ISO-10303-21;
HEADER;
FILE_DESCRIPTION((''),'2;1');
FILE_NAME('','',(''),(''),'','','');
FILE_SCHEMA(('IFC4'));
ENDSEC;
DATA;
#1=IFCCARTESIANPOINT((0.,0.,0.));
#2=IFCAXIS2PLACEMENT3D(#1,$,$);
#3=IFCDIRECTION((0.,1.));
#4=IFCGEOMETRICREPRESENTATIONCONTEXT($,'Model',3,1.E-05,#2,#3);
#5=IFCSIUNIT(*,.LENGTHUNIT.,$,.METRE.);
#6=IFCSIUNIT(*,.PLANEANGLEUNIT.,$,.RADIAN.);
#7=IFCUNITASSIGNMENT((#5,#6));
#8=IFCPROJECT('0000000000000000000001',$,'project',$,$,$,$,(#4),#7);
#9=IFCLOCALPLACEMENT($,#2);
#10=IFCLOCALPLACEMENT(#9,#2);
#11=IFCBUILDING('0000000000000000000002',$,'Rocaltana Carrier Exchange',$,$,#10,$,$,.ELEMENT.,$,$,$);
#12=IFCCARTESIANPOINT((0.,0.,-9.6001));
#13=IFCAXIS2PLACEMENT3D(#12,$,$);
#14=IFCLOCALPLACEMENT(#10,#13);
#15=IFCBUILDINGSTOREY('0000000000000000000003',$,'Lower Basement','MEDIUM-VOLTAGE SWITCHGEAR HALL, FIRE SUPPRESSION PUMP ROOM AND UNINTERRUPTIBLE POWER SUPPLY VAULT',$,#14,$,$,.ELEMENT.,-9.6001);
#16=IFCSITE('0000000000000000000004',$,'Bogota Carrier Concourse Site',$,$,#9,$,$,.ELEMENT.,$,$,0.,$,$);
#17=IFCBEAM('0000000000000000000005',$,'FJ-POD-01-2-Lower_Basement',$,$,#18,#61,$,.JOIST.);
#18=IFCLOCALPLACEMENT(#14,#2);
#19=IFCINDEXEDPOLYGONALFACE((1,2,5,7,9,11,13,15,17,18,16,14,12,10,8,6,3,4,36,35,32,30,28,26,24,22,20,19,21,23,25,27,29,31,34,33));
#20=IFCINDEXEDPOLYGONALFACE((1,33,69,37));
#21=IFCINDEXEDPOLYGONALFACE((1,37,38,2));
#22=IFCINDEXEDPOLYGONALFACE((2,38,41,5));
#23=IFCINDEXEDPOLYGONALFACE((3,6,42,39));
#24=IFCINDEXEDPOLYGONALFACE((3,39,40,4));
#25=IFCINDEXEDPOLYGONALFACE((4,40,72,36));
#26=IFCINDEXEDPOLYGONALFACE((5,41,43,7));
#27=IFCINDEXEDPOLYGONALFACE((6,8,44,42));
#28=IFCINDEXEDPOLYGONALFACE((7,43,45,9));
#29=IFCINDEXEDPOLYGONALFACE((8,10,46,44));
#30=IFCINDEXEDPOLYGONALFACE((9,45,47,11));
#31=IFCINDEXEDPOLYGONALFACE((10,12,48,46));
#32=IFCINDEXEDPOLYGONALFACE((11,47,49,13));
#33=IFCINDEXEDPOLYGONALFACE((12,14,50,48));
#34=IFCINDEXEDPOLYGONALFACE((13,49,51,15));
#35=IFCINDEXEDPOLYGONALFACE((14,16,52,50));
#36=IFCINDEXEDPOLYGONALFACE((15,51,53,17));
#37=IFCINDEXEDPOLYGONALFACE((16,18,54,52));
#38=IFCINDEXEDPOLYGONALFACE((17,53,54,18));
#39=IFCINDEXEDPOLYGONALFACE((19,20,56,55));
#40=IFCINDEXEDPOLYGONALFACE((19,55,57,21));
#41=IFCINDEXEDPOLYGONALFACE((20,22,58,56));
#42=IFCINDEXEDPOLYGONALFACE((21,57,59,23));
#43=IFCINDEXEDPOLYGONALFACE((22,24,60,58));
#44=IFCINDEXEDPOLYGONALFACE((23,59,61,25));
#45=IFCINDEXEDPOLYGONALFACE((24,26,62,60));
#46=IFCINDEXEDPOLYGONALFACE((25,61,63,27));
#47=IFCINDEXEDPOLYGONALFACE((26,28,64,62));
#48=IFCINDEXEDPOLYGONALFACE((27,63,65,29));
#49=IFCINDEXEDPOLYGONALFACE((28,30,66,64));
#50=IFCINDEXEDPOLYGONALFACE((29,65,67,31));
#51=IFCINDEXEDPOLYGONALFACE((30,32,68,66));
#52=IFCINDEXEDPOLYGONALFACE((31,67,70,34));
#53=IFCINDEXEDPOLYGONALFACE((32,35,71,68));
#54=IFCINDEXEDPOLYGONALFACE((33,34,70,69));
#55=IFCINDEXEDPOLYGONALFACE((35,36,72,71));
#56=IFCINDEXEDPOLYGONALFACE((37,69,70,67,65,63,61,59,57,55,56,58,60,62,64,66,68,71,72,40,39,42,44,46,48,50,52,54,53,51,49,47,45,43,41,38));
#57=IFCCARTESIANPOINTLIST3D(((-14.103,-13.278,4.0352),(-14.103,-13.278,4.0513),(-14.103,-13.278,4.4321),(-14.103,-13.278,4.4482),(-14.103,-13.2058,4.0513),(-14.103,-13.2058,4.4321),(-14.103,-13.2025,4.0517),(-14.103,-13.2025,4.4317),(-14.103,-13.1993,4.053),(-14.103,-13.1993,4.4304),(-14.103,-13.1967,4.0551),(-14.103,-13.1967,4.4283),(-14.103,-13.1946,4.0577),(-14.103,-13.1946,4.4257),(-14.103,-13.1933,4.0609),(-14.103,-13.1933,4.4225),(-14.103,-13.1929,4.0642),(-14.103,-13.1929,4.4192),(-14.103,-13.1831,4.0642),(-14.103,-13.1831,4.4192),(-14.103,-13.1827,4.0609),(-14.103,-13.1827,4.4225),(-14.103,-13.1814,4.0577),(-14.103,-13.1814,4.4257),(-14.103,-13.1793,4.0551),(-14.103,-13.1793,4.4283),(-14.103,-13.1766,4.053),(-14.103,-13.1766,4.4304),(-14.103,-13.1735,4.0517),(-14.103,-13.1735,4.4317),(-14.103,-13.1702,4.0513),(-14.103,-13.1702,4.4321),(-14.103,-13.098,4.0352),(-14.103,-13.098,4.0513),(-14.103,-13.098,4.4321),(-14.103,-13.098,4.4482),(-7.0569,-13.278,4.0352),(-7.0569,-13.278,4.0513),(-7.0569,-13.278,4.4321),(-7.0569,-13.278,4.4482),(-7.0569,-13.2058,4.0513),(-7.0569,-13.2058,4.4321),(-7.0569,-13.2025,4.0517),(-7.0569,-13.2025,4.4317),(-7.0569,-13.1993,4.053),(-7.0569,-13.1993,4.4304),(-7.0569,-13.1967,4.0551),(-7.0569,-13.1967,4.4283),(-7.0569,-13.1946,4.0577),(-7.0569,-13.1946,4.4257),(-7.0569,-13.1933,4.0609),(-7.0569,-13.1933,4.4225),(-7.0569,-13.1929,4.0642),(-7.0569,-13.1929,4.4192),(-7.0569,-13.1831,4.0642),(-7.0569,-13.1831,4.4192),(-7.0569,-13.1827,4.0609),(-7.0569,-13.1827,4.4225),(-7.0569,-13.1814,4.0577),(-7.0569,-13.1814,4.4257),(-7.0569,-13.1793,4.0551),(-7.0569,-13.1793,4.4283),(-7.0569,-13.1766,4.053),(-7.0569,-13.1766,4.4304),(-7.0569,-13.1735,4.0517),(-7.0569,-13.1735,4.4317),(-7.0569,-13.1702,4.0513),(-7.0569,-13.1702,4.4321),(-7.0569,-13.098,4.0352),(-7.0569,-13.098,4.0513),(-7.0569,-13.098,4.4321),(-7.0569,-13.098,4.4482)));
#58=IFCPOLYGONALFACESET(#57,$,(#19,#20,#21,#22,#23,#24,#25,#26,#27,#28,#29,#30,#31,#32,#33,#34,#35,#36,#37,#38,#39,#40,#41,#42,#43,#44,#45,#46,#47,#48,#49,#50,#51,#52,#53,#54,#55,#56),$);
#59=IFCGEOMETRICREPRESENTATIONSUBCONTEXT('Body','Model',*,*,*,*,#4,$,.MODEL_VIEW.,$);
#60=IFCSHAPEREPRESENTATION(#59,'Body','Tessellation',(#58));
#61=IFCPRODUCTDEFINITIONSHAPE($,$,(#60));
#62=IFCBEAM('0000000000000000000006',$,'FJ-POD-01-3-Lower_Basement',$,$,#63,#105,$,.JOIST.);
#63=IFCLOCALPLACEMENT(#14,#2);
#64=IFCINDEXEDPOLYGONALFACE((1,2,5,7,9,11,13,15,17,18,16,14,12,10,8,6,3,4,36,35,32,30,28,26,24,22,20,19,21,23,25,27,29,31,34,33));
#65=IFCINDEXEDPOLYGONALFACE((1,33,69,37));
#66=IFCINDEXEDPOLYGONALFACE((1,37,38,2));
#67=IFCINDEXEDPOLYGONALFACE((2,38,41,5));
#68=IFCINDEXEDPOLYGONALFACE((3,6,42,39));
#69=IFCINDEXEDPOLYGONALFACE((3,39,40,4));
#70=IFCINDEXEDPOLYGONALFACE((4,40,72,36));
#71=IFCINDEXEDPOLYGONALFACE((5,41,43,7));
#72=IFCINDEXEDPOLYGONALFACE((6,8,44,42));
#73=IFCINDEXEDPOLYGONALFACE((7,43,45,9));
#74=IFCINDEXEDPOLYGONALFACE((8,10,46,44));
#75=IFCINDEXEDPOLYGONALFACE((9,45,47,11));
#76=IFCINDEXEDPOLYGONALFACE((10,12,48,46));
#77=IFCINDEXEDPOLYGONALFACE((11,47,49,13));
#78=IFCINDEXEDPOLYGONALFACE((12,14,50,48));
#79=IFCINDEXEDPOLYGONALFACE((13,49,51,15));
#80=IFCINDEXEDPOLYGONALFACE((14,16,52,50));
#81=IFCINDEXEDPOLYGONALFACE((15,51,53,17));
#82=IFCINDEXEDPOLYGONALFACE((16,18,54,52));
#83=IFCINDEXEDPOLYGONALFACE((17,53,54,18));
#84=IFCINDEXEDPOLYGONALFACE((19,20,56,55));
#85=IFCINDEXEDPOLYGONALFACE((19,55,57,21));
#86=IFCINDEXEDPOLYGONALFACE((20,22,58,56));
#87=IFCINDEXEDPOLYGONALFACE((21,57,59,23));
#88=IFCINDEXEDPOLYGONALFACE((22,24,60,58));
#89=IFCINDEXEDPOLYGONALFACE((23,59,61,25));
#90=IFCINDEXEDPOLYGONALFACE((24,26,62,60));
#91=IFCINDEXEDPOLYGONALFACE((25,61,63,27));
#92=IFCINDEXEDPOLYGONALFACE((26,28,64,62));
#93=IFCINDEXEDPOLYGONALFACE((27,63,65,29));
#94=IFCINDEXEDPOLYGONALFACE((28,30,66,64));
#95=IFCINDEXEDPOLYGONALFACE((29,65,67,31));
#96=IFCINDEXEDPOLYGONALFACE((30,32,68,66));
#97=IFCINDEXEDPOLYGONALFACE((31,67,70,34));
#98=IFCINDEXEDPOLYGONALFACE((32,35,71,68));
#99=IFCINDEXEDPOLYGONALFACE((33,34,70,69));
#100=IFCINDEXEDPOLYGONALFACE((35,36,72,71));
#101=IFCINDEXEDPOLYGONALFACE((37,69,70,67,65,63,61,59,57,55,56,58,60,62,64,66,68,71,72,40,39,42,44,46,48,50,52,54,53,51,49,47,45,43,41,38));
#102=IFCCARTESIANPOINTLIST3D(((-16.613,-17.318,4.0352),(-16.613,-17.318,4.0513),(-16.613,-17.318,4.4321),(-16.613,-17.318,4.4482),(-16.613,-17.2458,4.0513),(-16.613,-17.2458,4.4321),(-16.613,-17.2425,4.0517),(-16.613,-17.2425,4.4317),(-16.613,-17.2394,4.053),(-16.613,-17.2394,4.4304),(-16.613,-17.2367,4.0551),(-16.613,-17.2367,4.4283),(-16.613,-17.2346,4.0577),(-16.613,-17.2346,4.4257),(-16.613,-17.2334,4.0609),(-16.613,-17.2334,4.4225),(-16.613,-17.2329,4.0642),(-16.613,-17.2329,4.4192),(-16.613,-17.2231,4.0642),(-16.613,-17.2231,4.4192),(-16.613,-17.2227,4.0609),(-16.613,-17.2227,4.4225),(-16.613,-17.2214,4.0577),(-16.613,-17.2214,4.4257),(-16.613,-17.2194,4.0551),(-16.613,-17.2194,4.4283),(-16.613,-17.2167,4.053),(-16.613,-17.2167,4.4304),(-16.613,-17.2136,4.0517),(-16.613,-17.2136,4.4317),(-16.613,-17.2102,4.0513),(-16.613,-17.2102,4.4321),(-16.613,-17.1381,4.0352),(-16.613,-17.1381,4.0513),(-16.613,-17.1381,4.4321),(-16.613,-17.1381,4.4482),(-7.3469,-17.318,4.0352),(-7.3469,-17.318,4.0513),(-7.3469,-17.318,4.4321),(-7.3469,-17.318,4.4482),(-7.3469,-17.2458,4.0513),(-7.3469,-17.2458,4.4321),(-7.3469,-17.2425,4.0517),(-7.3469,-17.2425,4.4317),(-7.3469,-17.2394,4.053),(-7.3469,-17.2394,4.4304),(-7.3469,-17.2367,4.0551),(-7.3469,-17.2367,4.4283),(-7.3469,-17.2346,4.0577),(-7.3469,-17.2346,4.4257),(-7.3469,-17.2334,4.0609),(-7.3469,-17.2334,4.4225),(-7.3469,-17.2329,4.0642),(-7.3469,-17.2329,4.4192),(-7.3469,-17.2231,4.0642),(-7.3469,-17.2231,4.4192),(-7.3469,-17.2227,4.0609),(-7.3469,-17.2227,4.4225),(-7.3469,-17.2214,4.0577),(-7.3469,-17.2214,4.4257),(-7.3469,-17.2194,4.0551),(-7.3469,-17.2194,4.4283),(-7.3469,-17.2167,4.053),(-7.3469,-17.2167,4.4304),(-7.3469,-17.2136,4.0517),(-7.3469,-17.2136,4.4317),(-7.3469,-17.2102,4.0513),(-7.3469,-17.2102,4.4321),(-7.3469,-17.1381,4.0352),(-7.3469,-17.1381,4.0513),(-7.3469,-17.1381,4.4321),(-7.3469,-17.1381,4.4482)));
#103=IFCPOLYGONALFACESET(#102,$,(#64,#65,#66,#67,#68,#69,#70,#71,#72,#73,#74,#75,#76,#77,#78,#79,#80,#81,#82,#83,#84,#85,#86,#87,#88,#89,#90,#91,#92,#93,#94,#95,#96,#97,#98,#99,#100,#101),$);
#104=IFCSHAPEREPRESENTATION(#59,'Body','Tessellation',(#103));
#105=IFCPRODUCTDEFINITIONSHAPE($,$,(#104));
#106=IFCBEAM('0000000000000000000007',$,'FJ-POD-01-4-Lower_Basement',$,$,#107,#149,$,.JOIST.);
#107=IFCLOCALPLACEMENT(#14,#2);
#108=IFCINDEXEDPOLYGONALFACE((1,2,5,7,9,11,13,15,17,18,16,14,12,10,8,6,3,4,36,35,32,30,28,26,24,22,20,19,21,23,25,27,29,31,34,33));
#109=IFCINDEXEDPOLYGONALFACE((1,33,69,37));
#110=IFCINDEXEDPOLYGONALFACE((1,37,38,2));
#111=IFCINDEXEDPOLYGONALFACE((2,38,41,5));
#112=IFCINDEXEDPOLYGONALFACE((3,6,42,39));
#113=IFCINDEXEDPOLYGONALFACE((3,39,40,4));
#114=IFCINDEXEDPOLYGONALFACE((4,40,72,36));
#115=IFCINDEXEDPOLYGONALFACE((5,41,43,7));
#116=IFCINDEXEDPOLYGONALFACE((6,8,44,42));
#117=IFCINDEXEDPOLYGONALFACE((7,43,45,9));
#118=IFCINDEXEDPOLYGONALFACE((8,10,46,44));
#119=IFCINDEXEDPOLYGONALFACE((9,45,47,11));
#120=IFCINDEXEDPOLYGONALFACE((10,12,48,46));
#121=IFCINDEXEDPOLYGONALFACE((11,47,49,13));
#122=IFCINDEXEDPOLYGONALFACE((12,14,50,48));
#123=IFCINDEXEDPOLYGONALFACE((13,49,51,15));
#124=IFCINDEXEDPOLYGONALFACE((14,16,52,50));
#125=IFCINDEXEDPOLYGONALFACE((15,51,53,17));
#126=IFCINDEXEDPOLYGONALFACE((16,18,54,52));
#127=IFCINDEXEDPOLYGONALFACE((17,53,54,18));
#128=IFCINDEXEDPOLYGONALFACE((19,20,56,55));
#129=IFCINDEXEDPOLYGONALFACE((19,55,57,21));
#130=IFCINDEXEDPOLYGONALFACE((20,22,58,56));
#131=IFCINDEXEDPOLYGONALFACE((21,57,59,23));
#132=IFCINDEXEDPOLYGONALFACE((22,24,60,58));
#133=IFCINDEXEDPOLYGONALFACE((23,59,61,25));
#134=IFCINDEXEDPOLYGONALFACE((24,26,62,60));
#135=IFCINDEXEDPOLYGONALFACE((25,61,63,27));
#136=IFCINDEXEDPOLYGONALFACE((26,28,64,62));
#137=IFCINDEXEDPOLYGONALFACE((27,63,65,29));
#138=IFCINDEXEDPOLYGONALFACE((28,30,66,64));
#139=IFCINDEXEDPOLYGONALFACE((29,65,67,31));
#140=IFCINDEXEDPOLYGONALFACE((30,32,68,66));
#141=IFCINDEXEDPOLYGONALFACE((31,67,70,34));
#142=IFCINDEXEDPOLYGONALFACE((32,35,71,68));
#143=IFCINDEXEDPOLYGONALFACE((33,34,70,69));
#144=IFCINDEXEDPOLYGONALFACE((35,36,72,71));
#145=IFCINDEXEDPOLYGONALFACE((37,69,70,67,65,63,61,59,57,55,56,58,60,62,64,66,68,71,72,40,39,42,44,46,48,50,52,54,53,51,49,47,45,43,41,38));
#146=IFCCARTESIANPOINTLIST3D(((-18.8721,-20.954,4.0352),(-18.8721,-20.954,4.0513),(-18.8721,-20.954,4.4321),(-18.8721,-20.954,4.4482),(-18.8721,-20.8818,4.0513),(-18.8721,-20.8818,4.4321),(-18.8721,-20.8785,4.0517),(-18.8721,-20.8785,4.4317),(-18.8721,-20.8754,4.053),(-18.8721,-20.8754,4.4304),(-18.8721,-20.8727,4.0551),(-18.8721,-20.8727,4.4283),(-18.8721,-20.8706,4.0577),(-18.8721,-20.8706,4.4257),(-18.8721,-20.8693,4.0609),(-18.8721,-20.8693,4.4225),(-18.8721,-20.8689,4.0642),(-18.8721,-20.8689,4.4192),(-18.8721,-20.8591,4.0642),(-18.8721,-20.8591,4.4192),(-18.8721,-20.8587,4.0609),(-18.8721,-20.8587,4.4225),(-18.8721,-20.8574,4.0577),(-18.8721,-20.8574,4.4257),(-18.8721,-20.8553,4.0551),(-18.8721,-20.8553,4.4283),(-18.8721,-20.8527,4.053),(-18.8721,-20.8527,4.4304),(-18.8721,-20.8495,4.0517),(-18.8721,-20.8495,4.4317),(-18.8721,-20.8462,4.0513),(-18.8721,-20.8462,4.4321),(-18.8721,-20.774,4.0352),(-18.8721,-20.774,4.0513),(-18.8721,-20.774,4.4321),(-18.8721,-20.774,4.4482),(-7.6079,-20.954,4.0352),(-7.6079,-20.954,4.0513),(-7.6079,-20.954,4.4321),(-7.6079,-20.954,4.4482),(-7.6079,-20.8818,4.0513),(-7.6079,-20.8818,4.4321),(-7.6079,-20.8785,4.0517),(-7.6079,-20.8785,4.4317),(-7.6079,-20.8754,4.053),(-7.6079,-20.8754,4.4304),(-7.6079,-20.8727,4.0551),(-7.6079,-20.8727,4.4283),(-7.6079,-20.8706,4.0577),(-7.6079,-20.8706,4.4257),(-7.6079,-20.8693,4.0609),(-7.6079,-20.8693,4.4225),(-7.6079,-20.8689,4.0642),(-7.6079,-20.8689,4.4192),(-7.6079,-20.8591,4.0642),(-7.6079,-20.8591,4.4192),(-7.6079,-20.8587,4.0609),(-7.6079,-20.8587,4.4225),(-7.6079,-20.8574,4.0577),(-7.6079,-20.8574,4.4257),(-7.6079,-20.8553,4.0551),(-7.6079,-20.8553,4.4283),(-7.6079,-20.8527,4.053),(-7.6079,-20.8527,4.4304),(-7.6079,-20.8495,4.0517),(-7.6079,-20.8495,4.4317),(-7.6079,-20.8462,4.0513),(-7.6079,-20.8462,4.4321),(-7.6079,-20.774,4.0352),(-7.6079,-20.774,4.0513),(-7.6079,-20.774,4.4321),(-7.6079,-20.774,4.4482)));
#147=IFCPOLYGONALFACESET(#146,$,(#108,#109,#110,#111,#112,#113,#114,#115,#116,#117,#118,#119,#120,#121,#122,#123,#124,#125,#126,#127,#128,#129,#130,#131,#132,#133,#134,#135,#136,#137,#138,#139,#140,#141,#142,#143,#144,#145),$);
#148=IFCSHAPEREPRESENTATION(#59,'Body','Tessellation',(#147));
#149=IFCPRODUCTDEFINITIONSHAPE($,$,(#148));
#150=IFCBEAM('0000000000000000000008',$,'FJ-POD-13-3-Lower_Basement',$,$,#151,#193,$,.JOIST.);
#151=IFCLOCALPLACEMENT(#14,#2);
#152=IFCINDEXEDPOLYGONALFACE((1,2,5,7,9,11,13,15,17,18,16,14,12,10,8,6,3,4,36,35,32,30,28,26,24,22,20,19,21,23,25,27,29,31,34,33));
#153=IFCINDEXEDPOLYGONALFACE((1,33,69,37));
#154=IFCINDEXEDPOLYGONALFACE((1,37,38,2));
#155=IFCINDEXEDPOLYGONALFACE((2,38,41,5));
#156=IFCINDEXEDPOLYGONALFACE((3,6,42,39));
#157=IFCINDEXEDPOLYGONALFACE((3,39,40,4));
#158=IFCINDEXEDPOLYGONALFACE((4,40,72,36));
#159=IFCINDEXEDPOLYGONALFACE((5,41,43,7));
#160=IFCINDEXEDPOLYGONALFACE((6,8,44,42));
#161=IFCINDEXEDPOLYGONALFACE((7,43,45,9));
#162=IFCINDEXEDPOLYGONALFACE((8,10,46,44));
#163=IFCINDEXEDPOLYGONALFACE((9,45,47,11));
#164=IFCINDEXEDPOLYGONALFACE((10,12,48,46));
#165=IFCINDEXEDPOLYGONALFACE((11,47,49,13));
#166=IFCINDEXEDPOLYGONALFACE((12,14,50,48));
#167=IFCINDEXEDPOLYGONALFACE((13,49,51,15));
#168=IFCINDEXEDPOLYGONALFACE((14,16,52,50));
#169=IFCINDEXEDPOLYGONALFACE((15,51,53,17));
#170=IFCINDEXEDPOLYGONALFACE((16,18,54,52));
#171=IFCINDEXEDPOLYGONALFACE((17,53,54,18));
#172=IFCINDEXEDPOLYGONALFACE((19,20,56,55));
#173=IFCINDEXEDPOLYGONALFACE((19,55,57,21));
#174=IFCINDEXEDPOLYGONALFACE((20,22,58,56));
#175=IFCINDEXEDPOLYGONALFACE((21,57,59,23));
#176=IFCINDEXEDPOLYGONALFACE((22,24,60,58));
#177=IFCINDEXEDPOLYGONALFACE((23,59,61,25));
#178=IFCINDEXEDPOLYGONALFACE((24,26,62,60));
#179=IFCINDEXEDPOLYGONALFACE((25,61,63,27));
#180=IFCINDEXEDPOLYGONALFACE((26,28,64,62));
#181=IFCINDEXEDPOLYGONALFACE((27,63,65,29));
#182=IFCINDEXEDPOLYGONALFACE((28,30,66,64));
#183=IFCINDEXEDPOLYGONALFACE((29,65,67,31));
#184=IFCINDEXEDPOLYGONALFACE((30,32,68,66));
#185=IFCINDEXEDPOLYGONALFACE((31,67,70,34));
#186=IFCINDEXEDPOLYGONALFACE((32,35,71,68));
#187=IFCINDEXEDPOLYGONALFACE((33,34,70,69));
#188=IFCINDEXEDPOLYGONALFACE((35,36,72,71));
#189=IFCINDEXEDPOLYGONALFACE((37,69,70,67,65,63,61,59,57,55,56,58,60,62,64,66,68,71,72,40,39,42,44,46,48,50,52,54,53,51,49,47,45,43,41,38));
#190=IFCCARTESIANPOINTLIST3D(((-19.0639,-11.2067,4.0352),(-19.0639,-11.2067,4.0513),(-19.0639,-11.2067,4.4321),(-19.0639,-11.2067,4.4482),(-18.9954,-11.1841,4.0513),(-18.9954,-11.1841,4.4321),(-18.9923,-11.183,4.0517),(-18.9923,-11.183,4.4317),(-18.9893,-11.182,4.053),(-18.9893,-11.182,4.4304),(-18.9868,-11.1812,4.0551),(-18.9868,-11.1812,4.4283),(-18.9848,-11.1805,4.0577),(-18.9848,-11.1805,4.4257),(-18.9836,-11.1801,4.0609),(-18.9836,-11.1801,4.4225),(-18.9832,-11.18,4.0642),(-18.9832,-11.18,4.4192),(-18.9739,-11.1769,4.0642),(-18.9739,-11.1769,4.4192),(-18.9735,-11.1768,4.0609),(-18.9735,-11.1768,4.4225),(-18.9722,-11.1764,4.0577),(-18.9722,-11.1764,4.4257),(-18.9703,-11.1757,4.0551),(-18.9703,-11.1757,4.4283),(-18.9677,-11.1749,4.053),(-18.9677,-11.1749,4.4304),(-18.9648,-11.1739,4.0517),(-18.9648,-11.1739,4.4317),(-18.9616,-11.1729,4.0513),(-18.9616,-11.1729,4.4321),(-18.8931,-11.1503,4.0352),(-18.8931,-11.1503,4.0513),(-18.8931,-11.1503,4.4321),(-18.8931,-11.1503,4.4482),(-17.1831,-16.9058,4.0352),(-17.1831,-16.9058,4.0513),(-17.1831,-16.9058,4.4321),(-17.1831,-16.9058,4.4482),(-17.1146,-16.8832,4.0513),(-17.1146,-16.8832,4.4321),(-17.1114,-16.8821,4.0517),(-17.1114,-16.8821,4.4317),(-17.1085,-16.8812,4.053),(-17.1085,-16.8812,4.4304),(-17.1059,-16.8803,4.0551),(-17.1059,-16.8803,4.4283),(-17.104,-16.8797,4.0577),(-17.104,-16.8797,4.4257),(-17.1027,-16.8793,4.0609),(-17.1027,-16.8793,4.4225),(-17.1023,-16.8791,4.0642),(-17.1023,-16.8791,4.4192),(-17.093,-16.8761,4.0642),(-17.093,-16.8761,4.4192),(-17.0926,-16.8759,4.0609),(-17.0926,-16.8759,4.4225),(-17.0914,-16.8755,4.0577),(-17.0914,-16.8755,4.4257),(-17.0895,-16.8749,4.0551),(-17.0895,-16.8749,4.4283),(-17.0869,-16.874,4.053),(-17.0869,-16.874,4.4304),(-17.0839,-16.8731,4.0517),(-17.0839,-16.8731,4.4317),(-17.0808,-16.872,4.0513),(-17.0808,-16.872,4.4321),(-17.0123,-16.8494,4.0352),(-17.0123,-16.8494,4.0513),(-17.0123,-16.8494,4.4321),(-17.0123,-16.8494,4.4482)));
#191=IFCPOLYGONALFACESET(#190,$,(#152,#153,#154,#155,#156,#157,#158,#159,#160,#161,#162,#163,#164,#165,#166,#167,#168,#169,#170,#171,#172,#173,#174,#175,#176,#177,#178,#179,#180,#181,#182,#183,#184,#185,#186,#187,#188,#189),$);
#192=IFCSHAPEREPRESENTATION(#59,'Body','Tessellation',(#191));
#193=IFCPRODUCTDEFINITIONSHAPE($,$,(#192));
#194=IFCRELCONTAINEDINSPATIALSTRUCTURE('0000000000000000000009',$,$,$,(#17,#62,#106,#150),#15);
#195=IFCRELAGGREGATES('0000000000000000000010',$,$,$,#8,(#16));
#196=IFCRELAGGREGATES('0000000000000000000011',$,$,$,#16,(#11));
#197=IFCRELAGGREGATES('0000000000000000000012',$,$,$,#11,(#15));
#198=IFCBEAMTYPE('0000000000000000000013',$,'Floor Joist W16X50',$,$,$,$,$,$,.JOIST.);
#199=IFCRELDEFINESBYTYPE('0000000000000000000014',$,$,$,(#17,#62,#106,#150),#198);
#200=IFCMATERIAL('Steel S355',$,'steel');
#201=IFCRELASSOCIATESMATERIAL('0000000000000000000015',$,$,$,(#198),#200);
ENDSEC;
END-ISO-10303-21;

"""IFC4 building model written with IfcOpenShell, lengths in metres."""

from ifc_helpers import new_model, si_unit, direction, frame, origin, origin_2d, place, context, subcontext, project, spatial, i_section, extrude, material, material_profile, profile_set, type_object, element, save


model = new_model("IFC4")

# Units and contexts
model_context = context("Model", 3, precision=1e-05, world=origin(), true_north=direction((0.0, 1.0)))
body_context = subcontext(model_context, "Body", "Model", "MODEL_VIEW")
ifc_project = project(units=[si_unit("LENGTHUNIT", "METRE"), si_unit("PLANEANGLEUNIT", "RADIAN")], contexts=[model_context])

# Site, building, storey
site_placement = place(None, origin())
site = spatial("IfcSite", under=ifc_project, at=site_placement, Name="Bogota Carrier Concourse Site", CompositionType="ELEMENT", RefElevation=0.0)
building_placement = place(site_placement, origin())
building = spatial("IfcBuilding", under=site, at=building_placement, Name="Rocaltana Carrier Exchange", CompositionType="ELEMENT")
storey_placement = place(building_placement, frame((0.0, 0.0, -9.6001)))
storey = spatial("IfcBuildingStorey", under=building, at=storey_placement, Name="Lower Basement", Description="MEDIUM-VOLTAGE SWITCHGEAR HALL, FIRE SUPPRESSION PUMP ROOM AND UNINTERRUPTIBLE POWER SUPPLY VAULT", CompositionType="ELEMENT", Elevation=-9.6001)

# Beams
ifc_material_1 = material(Name="Steel S355", Category="steel")
ifc_material_profile_1 = material_profile(ifc_material_1, i_section(OverallWidth=0.1799, OverallDepth=0.4131, WebThickness=0.0098, FlangeThickness=0.0161, FilletRadius=0.0129, at=origin_2d()), Name="W16X50")
ifc_profile_set_1 = profile_set([ifc_material_profile_1], Name="Steel S355")
beam_type_1 = type_object("IfcBeamType", Name="Floor Joist W16X50", PredefinedType="JOIST", material=ifc_profile_set_1)
beam_1_placement = place(storey_placement, frame((-14.103, -13.188, 4.2417), z_axis=(1.0, 0.0, 0.0), x_axis=(0.0, 1.0, 0.0)))
element("IfcBeam", 1, at=beam_1_placement, inside=storey, type_object=beam_type_1, Name="FJ-POD-01-2-Lower_Basement", PredefinedType="JOIST", context=body_context, shape_type="SweptSolid", body=[
    extrude(i_section(OverallWidth=0.1799, OverallDepth=0.4131, WebThickness=0.0098, FlangeThickness=0.0161, FilletRadius=0.0129, at=origin_2d()), origin(), (0.0, 0.0, 1.0), 7.0461),
])
beam_2_placement = place(storey_placement, frame((-16.613, -17.228, 4.2417), z_axis=(1.0, 0.0, 0.0), x_axis=(0.0, 1.0, 0.0)))
element("IfcBeam", 2, at=beam_2_placement, inside=storey, type_object=beam_type_1, Name="FJ-POD-01-3-Lower_Basement", PredefinedType="JOIST", context=body_context, shape_type="SweptSolid", body=[
    extrude(i_section(OverallWidth=0.1799, OverallDepth=0.4131, WebThickness=0.0098, FlangeThickness=0.0161, FilletRadius=0.0129, at=origin_2d()), origin(), (0.0, 0.0, 1.0), 9.2661),
])
beam_3_placement = place(storey_placement, frame((-18.8721, -20.864, 4.2417), z_axis=(1.0, 0.0, 0.0), x_axis=(0.0, 1.0, 0.0)))
element("IfcBeam", 3, at=beam_3_placement, inside=storey, type_object=beam_type_1, Name="FJ-POD-01-4-Lower_Basement", PredefinedType="JOIST", context=body_context, shape_type="SweptSolid", body=[
    extrude(i_section(OverallWidth=0.1799, OverallDepth=0.4131, WebThickness=0.0098, FlangeThickness=0.0161, FilletRadius=0.0129, at=origin_2d()), origin(), (0.0, 0.0, 1.0), 11.2642),
])
beam_4_placement = place(storey_placement, frame((-18.9785, -11.1785, 4.2417), z_axis=(0.313395, -0.949623, 0.0), x_axis=(0.949623, 0.313395, 0.0)))
element("IfcBeam", 4, at=beam_4_placement, inside=storey, type_object=beam_type_1, Name="FJ-POD-13-3-Lower_Basement", PredefinedType="JOIST", context=body_context, shape_type="SweptSolid", body=[
    extrude(i_section(OverallWidth=0.1799, OverallDepth=0.4131, WebThickness=0.0098, FlangeThickness=0.0161, FilletRadius=0.0129, at=origin_2d()), origin(), (0.0, 0.0, 1.0), 6.0015),
])

save(model, "model.ifc")
